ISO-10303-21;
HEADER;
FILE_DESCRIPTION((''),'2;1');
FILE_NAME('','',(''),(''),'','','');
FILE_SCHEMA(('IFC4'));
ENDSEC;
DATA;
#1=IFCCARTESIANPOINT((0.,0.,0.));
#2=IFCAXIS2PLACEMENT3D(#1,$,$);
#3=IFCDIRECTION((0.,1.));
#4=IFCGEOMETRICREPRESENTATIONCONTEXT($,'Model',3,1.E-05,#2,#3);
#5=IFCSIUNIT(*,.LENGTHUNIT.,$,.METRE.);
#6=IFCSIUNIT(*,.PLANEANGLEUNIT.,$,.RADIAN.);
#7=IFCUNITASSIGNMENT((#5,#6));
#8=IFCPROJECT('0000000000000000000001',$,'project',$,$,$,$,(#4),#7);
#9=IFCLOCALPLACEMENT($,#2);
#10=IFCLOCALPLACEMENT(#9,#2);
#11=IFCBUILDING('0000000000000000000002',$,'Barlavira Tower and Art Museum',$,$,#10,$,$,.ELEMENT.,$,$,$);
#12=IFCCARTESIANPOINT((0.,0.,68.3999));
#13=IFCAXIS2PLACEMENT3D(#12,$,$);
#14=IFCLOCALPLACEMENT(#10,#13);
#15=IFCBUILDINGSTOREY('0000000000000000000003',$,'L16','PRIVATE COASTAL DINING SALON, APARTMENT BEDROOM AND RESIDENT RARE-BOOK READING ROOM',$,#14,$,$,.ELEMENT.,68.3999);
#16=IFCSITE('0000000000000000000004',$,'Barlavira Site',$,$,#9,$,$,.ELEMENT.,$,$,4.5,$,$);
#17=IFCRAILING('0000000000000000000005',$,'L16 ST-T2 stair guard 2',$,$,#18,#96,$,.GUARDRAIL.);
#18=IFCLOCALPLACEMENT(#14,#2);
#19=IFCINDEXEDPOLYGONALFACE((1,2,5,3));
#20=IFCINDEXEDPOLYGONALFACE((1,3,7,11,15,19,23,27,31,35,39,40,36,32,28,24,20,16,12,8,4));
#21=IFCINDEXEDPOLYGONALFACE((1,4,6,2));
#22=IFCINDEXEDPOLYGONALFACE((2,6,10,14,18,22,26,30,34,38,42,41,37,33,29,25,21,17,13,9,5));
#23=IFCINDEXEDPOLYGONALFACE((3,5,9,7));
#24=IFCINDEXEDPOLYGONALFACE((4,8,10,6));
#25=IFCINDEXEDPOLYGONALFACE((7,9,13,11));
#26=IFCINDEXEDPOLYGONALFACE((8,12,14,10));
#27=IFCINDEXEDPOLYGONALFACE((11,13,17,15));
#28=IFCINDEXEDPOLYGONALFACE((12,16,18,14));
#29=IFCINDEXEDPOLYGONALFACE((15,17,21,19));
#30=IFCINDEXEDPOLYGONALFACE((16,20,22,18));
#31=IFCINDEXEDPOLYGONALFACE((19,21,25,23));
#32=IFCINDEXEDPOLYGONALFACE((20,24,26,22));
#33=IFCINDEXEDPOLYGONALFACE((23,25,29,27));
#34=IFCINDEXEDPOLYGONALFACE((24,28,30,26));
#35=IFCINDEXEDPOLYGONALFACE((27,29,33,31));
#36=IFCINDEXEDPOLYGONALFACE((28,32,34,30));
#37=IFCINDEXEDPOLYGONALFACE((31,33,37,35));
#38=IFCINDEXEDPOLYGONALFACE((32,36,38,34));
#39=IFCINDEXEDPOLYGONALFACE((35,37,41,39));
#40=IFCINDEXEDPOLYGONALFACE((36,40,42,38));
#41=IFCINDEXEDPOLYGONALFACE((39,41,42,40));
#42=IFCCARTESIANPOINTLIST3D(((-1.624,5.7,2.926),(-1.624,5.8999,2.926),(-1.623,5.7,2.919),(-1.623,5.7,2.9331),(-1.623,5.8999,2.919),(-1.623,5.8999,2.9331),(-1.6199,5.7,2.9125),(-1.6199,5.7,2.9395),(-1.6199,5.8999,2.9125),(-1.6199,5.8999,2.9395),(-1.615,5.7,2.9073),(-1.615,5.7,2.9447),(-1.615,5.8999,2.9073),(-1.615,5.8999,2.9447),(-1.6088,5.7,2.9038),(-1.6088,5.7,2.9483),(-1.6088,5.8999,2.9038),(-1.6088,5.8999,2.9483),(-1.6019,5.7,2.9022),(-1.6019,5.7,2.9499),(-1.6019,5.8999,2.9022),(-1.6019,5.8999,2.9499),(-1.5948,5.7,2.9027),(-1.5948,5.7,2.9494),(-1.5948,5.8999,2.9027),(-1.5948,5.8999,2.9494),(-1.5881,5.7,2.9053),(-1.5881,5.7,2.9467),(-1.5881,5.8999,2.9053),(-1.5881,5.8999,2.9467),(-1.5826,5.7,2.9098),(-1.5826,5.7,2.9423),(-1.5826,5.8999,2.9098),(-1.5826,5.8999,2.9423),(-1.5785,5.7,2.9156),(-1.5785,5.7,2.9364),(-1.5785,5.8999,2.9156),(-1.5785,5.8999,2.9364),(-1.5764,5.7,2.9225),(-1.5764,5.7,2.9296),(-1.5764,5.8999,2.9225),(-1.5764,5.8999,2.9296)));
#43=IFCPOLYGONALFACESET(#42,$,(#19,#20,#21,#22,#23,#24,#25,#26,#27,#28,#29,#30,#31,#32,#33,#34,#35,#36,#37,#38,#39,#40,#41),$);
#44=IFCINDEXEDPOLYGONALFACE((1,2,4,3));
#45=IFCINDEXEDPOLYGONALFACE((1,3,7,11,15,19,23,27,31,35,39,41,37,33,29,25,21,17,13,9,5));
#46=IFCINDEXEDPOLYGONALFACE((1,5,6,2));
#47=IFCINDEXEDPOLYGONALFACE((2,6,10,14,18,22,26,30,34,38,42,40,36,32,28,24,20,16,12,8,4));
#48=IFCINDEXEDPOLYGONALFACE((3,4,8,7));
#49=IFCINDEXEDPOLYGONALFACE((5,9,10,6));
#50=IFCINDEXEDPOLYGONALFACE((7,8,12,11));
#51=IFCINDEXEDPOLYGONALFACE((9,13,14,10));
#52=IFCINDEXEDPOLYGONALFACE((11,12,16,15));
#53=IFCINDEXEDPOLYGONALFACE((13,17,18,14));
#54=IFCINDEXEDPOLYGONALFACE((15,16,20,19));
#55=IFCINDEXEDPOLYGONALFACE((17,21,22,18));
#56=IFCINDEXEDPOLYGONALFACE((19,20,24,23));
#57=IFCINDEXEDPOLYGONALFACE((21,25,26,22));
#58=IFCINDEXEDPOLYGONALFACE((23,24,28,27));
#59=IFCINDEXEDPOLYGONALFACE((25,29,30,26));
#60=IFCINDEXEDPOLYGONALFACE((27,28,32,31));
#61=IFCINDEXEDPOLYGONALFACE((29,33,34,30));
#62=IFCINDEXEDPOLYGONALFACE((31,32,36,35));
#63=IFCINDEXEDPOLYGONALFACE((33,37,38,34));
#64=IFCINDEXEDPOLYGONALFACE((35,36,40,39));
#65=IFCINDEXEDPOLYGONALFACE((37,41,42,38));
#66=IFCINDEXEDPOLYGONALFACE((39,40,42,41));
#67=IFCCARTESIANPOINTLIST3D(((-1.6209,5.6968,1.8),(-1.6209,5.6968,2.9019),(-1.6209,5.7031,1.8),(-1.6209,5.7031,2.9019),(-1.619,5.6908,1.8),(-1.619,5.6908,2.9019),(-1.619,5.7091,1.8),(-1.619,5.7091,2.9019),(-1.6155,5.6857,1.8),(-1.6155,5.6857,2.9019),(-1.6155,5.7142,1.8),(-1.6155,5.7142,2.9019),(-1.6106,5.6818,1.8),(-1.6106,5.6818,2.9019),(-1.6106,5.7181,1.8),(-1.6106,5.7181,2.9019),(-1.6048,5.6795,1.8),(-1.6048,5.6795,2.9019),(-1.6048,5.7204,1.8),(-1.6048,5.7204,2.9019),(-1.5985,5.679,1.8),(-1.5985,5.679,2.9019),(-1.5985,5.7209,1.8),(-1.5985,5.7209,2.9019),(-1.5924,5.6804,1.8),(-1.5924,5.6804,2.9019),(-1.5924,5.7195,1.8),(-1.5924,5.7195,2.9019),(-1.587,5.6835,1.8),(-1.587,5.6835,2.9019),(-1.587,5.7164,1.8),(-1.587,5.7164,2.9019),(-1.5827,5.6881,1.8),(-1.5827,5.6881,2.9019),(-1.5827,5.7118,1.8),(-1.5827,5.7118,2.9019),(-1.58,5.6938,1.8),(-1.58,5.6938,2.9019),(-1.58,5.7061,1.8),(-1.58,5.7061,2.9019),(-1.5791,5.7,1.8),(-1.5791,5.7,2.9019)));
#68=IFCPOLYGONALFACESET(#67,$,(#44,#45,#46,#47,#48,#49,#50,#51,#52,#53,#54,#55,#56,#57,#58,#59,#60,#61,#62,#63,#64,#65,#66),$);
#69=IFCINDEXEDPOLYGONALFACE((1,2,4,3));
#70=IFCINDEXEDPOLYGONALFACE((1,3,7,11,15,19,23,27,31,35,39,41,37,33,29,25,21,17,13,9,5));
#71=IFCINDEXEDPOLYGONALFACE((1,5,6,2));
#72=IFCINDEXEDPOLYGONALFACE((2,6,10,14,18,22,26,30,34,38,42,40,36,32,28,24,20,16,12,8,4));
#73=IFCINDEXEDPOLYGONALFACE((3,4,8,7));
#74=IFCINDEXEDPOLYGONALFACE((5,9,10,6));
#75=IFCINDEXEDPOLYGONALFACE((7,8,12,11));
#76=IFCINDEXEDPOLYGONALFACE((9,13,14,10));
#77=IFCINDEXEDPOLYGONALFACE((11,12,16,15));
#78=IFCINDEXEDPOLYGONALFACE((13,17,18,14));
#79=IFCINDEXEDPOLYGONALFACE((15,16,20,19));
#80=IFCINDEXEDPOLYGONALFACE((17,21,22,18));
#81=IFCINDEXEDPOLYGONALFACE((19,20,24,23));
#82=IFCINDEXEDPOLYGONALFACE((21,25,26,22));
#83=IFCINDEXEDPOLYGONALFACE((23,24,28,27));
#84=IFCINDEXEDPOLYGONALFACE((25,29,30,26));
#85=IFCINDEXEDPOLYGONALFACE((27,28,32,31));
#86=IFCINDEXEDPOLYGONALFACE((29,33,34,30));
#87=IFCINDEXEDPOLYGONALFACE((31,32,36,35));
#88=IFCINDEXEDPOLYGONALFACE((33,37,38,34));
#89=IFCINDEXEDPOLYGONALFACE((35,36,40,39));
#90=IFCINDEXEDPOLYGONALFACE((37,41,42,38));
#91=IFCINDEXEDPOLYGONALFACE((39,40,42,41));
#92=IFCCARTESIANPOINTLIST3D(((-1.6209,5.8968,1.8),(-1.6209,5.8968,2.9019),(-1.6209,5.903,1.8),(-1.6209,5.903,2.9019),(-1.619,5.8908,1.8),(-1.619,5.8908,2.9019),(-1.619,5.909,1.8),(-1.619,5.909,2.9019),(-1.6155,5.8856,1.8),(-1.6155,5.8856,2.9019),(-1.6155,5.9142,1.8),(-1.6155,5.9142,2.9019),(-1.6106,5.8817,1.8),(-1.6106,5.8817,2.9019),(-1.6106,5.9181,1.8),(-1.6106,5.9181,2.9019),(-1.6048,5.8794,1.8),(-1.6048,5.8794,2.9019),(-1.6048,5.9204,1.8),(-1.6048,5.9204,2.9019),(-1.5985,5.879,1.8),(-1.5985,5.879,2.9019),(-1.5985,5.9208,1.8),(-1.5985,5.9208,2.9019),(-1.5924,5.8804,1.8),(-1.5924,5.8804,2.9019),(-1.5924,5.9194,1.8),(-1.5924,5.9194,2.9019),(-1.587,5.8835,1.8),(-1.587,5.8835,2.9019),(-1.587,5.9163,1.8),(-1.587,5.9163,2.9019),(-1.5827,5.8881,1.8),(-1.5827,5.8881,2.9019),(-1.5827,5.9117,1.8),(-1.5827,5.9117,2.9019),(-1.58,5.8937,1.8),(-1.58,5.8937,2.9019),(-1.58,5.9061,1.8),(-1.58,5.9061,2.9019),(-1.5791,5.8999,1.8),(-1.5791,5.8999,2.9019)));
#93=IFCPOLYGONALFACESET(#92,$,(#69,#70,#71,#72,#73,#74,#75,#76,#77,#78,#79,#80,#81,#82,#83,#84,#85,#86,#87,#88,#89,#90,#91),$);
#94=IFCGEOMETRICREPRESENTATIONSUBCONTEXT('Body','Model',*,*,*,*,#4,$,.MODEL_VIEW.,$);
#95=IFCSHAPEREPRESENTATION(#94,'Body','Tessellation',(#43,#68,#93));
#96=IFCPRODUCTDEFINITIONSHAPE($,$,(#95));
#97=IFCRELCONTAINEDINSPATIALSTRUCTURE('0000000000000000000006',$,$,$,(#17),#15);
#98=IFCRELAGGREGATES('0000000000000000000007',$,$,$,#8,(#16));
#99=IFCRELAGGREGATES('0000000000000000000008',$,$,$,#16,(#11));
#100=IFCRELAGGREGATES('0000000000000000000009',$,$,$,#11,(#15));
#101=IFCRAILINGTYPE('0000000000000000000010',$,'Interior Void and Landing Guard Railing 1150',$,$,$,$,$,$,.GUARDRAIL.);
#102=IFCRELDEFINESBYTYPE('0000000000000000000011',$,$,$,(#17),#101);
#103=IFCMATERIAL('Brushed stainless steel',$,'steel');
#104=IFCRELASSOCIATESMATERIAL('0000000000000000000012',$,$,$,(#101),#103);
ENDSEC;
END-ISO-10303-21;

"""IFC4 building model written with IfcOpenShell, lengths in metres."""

from ifc_helpers import new_model, si_unit, direction, frame, origin, origin_2d, place, context, subcontext, project, spatial, circle, extrude, material, type_object, element, save


model = new_model("IFC4")

# Units and contexts
model_context = context("Model", 3, precision=1e-05, world=origin(), true_north=direction((0.0, 1.0)))
body_context = subcontext(model_context, "Body", "Model", "MODEL_VIEW")
ifc_project = project(units=[si_unit("LENGTHUNIT", "METRE"), si_unit("PLANEANGLEUNIT", "RADIAN")], contexts=[model_context])

# Site, building, storey
site_placement = place(None, origin())
site = spatial("IfcSite", under=ifc_project, at=site_placement, Name="Barlavira Site", CompositionType="ELEMENT", RefElevation=4.5)
building_placement = place(site_placement, origin())
building = spatial("IfcBuilding", under=site, at=building_placement, Name="Barlavira Tower and Art Museum", CompositionType="ELEMENT")
storey_placement = place(building_placement, frame((0.0, 0.0, 68.3999)))
storey = spatial("IfcBuildingStorey", under=building, at=storey_placement, Name="L16", Description="PRIVATE COASTAL DINING SALON, APARTMENT BEDROOM AND RESIDENT RARE-BOOK READING ROOM", CompositionType="ELEMENT", Elevation=68.3999)

# Shared definitions
ifc_material_1 = material(Name="Brushed stainless steel", Category="steel")

# Railing
railing_type_1 = type_object("IfcRailingType", Name="Interior Void and Landing Guard Railing 1150", PredefinedType="GUARDRAIL", material=ifc_material_1)
railing_1_placement = place(storey_placement, frame((-1.6001, 5.7, 1.8)))
element("IfcRailing", 1, at=railing_1_placement, inside=storey, type_object=railing_type_1, Name="L16 ST-T2 stair guard 2", PredefinedType="GUARDRAIL", context=body_context, shape_type="SweptSolid", body=[
    extrude(circle(Radius=0.0239, at=origin_2d()), frame((0.0, 0.0, 1.126), z_axis=(0.0, 1.0, 0.0), x_axis=(-1.0, 0.0, 0.0)), (0.0, 0.0, 1.0), 0.2),
    extrude(circle(Radius=0.021, at=origin_2d()), origin(), (0.0, 0.0, 1.0), 1.1018),
    extrude(circle(Radius=0.021, at=origin_2d()), frame((0.0, 0.2, 0.0)), (0.0, 0.0, 1.0), 1.1018),
])

save(model, "model.ifc")
